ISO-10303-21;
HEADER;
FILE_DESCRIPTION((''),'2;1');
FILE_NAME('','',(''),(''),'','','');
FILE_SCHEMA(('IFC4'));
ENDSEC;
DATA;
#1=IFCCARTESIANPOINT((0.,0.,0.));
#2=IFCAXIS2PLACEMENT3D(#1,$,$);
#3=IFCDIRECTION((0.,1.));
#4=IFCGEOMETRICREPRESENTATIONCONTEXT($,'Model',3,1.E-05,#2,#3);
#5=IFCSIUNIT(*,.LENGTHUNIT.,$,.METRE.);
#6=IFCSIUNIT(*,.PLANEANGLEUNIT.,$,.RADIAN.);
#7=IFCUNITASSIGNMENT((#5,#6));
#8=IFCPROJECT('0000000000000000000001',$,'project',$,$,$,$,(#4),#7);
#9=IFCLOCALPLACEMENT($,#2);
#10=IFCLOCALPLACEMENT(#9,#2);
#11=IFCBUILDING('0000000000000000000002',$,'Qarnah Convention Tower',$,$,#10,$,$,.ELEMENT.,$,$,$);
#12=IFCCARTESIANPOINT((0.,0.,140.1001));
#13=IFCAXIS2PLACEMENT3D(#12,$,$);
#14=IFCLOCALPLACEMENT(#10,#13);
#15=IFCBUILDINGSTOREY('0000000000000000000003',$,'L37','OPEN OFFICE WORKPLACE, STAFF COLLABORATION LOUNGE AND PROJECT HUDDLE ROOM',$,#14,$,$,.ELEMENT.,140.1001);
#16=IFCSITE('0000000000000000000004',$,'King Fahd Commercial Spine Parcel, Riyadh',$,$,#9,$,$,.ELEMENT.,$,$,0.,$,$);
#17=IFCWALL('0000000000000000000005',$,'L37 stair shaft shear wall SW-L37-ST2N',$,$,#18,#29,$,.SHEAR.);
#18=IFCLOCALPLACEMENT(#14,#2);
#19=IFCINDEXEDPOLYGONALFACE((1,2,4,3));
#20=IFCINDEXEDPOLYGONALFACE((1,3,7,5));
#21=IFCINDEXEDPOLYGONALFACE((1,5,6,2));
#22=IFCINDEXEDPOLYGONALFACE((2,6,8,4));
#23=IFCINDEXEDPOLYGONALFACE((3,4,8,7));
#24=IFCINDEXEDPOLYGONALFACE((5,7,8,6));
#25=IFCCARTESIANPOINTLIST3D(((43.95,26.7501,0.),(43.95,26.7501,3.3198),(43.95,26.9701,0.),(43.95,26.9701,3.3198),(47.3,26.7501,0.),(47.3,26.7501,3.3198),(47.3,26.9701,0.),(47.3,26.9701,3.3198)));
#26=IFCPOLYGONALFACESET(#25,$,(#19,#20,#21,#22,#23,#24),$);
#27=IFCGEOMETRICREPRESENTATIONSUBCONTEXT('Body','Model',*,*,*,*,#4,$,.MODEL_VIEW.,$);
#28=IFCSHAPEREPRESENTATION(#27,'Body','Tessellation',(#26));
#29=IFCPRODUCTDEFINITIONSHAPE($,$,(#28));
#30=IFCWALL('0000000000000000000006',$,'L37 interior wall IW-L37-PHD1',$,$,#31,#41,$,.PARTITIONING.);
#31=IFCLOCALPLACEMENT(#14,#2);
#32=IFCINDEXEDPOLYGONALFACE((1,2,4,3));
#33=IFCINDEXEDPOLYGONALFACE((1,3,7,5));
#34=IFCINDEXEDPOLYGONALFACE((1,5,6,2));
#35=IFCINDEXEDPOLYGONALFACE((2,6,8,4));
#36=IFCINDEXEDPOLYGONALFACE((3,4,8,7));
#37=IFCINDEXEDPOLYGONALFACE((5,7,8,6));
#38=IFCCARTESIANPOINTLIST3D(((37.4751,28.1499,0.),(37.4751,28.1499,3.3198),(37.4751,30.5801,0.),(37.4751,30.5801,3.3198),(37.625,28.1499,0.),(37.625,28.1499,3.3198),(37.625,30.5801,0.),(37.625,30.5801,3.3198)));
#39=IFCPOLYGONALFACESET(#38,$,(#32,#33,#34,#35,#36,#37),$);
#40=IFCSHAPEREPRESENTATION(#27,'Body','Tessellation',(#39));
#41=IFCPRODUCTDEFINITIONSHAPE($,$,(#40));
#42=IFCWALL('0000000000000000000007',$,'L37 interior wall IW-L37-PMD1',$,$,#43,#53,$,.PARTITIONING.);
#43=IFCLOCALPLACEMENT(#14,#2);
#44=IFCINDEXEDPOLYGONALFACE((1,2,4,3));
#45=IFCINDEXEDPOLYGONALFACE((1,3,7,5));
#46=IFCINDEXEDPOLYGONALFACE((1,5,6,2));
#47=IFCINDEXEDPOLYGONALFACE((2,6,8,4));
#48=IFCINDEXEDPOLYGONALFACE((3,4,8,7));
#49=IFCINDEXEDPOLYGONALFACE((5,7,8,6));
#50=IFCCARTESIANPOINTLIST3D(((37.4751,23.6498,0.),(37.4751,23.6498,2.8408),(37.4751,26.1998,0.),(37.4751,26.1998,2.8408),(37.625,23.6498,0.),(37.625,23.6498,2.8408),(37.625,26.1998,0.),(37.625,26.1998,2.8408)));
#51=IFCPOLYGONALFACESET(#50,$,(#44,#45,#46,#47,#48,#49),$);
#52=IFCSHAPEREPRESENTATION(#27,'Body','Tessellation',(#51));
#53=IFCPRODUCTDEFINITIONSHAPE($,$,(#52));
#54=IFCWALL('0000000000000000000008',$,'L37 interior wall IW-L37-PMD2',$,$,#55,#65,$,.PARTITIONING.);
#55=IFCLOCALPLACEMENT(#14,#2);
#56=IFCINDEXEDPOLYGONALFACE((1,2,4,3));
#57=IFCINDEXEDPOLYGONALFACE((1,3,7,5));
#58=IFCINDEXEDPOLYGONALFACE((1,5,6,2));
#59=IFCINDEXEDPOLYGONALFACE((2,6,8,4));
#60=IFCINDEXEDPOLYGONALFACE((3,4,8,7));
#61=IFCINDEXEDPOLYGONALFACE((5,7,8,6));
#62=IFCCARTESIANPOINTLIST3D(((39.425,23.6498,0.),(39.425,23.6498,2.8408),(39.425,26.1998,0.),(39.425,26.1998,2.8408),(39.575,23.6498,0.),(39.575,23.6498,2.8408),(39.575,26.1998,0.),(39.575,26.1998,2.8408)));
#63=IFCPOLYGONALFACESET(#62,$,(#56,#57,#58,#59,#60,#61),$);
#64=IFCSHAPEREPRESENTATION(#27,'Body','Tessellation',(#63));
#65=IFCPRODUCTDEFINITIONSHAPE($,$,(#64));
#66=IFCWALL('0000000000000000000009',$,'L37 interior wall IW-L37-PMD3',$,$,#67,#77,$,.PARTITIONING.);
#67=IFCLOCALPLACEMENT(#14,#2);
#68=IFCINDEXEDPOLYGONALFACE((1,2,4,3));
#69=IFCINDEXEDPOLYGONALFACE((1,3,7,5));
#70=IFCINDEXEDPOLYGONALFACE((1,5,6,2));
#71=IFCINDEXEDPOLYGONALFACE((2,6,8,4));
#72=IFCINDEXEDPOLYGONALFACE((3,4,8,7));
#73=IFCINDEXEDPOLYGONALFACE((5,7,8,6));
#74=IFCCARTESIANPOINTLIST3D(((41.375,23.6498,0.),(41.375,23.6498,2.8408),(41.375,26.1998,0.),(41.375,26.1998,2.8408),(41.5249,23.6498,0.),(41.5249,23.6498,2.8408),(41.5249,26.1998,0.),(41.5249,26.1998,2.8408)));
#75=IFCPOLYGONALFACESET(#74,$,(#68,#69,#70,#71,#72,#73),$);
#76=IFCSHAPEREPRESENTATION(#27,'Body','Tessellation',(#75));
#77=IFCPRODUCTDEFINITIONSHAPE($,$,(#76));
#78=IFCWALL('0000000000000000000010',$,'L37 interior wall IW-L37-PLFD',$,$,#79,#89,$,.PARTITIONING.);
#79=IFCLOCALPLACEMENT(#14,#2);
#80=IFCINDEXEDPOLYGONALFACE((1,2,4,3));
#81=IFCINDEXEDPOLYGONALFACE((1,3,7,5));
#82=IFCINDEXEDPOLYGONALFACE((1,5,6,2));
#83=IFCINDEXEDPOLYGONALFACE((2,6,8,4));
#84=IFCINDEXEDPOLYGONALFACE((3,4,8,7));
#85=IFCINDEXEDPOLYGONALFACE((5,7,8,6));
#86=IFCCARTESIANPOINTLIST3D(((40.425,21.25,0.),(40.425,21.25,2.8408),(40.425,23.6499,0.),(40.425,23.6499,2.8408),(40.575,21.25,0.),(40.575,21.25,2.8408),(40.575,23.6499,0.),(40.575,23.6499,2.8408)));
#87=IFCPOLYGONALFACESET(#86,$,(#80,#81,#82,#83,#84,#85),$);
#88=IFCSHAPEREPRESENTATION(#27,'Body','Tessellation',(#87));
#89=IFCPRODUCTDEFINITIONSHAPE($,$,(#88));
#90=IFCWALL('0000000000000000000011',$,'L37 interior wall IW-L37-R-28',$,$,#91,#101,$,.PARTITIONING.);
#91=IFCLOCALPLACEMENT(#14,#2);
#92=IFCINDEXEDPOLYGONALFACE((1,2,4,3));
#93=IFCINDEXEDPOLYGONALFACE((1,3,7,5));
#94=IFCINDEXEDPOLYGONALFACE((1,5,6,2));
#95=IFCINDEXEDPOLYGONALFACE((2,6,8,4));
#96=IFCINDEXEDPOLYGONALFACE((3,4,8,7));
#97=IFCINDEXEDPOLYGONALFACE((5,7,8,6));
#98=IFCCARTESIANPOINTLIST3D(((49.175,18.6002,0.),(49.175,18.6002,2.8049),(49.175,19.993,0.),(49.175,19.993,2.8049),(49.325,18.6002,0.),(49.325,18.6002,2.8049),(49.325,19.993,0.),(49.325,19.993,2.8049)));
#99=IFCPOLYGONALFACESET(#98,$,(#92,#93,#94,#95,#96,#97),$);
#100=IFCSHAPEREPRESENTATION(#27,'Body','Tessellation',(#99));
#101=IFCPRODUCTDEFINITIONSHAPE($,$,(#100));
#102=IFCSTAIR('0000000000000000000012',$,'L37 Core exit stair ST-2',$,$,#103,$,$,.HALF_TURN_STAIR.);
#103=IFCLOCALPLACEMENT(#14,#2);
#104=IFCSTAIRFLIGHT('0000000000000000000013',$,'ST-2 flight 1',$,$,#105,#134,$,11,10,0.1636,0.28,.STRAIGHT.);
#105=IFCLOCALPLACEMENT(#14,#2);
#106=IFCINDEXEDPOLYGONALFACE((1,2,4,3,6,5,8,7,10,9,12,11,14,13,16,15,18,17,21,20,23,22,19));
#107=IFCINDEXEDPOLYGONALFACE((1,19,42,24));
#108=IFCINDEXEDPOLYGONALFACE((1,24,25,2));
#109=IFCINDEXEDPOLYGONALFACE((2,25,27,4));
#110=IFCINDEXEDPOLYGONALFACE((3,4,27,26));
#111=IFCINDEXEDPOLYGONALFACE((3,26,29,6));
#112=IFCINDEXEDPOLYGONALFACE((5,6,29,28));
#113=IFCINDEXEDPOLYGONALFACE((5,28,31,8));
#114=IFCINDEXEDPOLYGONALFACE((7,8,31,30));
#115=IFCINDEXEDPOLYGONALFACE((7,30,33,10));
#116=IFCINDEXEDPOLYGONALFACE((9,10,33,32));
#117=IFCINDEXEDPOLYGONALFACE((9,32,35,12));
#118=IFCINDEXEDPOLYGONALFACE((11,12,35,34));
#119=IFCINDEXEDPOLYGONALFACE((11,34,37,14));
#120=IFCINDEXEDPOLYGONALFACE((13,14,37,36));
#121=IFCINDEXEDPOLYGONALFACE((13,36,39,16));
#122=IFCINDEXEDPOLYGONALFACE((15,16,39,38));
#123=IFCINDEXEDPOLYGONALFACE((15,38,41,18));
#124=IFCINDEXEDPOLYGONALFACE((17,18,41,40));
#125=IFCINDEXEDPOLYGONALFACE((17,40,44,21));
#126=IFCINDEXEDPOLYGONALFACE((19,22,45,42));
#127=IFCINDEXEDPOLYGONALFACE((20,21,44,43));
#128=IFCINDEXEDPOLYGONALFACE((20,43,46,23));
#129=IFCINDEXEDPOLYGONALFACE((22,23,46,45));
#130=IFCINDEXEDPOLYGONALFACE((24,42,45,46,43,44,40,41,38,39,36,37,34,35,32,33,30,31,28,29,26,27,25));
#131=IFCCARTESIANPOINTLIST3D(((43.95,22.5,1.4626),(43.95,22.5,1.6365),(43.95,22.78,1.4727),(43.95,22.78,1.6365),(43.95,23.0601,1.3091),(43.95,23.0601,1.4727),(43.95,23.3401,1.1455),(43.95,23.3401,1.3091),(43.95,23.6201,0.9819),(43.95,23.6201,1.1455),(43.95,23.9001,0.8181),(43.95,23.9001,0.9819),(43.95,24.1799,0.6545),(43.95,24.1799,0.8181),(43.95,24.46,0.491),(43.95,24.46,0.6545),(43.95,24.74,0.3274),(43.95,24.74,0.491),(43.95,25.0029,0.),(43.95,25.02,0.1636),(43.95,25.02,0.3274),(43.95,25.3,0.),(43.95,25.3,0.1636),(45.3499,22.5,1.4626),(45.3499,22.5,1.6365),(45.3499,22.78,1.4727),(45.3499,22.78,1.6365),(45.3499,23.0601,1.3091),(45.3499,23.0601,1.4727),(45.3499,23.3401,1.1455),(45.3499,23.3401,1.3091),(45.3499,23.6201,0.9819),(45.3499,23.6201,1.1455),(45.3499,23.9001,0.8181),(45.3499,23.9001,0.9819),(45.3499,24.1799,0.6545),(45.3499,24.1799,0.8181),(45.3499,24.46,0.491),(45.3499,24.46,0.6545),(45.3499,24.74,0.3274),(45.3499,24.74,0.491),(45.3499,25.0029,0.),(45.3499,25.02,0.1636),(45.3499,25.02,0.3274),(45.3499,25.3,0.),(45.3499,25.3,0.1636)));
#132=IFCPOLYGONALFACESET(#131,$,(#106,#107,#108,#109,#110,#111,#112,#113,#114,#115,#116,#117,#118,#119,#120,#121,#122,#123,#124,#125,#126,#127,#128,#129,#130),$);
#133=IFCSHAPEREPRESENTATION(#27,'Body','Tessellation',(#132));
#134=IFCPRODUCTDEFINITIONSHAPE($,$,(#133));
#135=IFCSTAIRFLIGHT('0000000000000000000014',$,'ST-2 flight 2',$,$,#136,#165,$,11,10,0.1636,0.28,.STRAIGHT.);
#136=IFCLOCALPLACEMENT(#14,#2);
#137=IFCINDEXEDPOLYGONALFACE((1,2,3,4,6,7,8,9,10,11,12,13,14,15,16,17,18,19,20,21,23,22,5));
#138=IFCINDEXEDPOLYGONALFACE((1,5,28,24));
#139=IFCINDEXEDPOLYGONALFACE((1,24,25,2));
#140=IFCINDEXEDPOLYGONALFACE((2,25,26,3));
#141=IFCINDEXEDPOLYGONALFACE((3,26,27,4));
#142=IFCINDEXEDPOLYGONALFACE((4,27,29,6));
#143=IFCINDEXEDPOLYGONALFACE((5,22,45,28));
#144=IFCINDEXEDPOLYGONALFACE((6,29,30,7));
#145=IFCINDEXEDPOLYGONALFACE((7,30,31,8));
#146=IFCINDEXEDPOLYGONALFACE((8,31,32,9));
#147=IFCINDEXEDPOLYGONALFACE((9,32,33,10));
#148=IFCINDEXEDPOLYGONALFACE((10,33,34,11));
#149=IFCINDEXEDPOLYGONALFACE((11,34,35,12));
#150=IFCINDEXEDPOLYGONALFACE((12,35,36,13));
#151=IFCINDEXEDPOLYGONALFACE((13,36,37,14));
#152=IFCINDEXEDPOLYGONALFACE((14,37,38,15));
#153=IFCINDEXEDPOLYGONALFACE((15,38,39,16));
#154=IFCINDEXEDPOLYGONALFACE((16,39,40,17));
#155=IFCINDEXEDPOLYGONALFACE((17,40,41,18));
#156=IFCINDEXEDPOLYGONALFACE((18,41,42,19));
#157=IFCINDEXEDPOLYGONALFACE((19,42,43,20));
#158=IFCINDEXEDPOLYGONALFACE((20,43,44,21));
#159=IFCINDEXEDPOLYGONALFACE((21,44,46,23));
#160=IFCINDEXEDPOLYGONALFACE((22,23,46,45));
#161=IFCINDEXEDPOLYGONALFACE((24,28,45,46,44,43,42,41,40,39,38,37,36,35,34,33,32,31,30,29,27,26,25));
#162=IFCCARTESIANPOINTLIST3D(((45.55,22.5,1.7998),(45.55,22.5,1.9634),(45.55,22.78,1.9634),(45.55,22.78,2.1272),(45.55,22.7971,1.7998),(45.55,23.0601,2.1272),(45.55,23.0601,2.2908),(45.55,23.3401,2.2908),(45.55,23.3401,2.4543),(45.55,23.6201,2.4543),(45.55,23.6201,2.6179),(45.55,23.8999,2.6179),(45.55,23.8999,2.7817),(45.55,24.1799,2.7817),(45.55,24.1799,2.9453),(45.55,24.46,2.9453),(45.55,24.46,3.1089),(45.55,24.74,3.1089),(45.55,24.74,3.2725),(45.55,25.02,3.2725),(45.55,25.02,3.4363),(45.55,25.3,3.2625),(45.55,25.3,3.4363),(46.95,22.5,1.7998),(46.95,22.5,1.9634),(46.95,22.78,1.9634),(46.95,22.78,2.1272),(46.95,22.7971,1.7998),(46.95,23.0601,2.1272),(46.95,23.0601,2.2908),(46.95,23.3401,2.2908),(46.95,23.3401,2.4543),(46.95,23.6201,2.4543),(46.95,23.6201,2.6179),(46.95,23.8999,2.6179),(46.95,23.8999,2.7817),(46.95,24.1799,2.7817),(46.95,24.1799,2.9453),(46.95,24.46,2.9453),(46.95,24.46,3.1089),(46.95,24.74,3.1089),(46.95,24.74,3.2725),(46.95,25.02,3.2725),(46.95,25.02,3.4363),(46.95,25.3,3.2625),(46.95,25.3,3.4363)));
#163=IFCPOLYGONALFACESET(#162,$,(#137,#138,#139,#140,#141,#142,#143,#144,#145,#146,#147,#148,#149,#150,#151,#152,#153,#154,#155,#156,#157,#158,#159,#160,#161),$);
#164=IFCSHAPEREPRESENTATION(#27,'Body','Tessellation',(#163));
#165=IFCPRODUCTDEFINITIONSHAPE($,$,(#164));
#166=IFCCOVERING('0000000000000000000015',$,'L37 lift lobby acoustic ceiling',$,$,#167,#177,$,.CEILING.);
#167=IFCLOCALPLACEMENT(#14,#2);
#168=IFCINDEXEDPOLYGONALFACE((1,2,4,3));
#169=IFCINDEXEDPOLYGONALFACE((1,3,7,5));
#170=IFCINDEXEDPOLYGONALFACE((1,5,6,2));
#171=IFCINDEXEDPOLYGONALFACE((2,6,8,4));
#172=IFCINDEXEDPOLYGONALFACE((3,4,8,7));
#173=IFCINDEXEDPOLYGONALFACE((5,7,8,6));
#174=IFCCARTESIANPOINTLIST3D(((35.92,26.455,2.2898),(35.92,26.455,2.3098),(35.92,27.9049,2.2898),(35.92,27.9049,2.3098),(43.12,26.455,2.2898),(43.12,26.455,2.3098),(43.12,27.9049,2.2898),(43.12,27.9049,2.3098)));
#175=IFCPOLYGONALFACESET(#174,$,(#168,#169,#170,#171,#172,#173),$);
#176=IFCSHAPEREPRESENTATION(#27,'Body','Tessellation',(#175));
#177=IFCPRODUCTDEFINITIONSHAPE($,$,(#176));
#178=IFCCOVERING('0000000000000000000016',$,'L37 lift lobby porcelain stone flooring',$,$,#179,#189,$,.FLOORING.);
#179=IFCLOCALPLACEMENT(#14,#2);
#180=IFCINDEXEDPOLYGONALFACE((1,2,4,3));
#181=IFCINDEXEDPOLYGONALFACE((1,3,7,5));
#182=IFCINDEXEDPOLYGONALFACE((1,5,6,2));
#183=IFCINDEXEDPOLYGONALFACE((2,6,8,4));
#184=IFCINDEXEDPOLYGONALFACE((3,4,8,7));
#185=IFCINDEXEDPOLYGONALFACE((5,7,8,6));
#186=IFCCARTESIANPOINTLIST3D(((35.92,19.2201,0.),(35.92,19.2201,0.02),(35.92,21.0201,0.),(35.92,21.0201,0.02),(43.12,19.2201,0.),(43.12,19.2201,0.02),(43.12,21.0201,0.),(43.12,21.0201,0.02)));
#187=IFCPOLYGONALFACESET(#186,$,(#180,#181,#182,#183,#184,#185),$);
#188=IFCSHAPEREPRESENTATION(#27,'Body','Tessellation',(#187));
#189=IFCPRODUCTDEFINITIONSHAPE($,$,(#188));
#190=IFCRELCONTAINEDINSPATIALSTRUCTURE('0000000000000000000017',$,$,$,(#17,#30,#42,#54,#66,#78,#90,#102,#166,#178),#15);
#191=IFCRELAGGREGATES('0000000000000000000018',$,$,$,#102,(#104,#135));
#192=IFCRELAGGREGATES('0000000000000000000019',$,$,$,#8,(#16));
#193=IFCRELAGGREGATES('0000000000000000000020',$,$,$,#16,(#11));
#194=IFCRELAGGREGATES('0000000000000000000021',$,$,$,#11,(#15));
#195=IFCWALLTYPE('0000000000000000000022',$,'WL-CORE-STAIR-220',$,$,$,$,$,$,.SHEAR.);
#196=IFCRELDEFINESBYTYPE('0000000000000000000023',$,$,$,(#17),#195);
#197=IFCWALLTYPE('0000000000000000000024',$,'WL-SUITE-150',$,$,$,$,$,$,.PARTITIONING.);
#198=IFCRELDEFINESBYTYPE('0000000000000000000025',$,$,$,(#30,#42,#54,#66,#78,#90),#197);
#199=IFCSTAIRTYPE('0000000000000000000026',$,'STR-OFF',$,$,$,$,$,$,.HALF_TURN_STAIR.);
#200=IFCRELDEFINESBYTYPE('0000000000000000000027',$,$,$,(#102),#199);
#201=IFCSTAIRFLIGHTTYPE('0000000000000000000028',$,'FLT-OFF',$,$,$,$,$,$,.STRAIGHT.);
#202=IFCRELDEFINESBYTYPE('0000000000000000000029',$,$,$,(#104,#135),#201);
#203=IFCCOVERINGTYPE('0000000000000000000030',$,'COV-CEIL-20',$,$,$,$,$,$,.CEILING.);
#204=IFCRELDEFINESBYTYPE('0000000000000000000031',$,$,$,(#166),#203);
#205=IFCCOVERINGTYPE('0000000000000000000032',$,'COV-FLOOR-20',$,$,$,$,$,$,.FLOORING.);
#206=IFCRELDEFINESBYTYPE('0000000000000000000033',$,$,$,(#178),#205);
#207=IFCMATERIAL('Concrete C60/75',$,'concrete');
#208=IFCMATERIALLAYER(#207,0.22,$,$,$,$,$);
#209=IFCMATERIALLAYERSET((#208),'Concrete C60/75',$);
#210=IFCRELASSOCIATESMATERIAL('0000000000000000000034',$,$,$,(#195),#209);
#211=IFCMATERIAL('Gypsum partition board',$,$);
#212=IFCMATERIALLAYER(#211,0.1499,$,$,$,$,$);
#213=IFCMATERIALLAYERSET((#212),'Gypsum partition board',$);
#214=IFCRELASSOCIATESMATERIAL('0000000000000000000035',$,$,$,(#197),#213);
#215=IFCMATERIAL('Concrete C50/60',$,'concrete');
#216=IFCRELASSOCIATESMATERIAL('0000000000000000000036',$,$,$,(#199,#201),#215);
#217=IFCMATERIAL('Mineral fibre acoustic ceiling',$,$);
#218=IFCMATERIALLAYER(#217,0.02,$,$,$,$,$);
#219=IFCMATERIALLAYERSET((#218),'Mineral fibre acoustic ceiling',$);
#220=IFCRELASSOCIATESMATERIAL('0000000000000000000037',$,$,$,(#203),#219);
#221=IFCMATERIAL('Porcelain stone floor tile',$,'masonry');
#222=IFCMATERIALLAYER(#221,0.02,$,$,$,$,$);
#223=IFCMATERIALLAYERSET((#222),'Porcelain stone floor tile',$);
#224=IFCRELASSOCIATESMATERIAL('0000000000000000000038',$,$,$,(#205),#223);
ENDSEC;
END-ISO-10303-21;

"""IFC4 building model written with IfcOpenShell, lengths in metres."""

from ifc_helpers import new_model, si_unit, direction, frame, frame_2d, origin, origin_2d, place, context, subcontext, project, spatial, polyline, rectangle, outline, extrude, material, layer, layer_set, type_object, element, aggregate, save


model = new_model("IFC4")

# Units and contexts
model_context = context("Model", 3, precision=1e-05, world=origin(), true_north=direction((0.0, 1.0)))
body_context = subcontext(model_context, "Body", "Model", "MODEL_VIEW")
ifc_project = project(units=[si_unit("LENGTHUNIT", "METRE"), si_unit("PLANEANGLEUNIT", "RADIAN")], contexts=[model_context])

# Site, building, storey
site_placement = place(None, origin())
site = spatial("IfcSite", under=ifc_project, at=site_placement, Name="King Fahd Commercial Spine Parcel, Riyadh", CompositionType="ELEMENT", RefElevation=0.0)
building_placement = place(site_placement, origin())
building = spatial("IfcBuilding", under=site, at=building_placement, Name="Qarnah Convention Tower", CompositionType="ELEMENT")
storey_placement = place(building_placement, frame((0.0, 0.0, 140.1001)))
storey = spatial("IfcBuildingStorey", under=building, at=storey_placement, Name="L37", Description="OPEN OFFICE WORKPLACE, STAFF COLLABORATION LOUNGE AND PROJECT HUDDLE ROOM", CompositionType="ELEMENT", Elevation=140.1001)

# Shared definitions
ifc_material_1 = material(Name="Concrete C60/75", Category="concrete")

# Walls
ifc_layer_1 = layer(ifc_material_1, 0.22)
ifc_layer_set_1 = layer_set([ifc_layer_1], Name="Concrete C60/75")
wall_type_1 = type_object("IfcWallType", Name="WL-CORE-STAIR-220", PredefinedType="SHEAR", material=ifc_layer_set_1)
wall_1_placement = place(storey_placement, frame((43.95, 26.8601, 0.0), z_axis=(0.0, 0.0, 1.0), x_axis=(1.0, 0.0, 0.0)))
element("IfcWall", 1, at=wall_1_placement, inside=storey, type_object=wall_type_1, Name="L37 stair shaft shear wall SW-L37-ST2N", PredefinedType="SHEAR", context=body_context, shape_type="SweptSolid", body=[
    extrude(rectangle(XDim=3.3501, YDim=0.22, at=frame_2d((1.675, 0.0))), origin(), (0.0, 0.0, 1.0), 3.3198),
])
ifc_material_2 = material(Name="Gypsum partition board")
ifc_layer_2 = layer(ifc_material_2, 0.1499)
ifc_layer_set_2 = layer_set([ifc_layer_2], Name="Gypsum partition board")
wall_type_2 = type_object("IfcWallType", Name="WL-SUITE-150", PredefinedType="PARTITIONING", material=ifc_layer_set_2)
wall_2_placement = place(storey_placement, frame((37.55, 28.1499, 0.0), z_axis=(0.0, 0.0, 1.0), x_axis=(0.0, 1.0, 0.0)))
element("IfcWall", 2, at=wall_2_placement, inside=storey, type_object=wall_type_2, Name="L37 interior wall IW-L37-PHD1", PredefinedType="PARTITIONING", context=body_context, shape_type="SweptSolid", body=[
    extrude(rectangle(XDim=2.4302, YDim=0.1499, at=frame_2d((1.2151, 0.0))), origin(), (0.0, 0.0, 1.0), 3.3198),
])
for number, where, z_axis, x_axis, name in (
    (3, (37.55, 23.6499, 0.0), (0.0, 0.0, 1.0), (0.0, 1.0, 0.0), "L37 interior wall IW-L37-PMD1"),
    (4, (39.5, 23.6499, 0.0), (0.0, 0.0, 1.0), (0.0, 1.0, 0.0), "L37 interior wall IW-L37-PMD2"),
    (5, (41.45, 23.6499, 0.0), (0.0, 0.0, 1.0), (0.0, 1.0, 0.0), "L37 interior wall IW-L37-PMD3"),
):
    element("IfcWall", number, at=place(storey_placement, frame(where, z_axis=z_axis, x_axis=x_axis)), inside=storey, type_object=wall_type_2, Name=name, PredefinedType="PARTITIONING", context=body_context, shape_type="SweptSolid", body=[
        extrude(rectangle(XDim=2.55, YDim=0.1499, at=frame_2d((1.2749, 0.0))), origin(), (0.0, 0.0, 1.0), 2.8408),
    ])
wall_3_placement = place(storey_placement, frame((40.5, 21.25, 0.0), z_axis=(0.0, 0.0, 1.0), x_axis=(0.0, 1.0, 0.0)))
element("IfcWall", 6, at=wall_3_placement, inside=storey, type_object=wall_type_2, Name="L37 interior wall IW-L37-PLFD", PredefinedType="PARTITIONING", context=body_context, shape_type="SweptSolid", body=[
    extrude(rectangle(XDim=2.3999, YDim=0.1499, at=frame_2d((1.2, 0.0))), origin(), (0.0, 0.0, 1.0), 2.8408),
])
wall_4_placement = place(storey_placement, frame((49.25, 19.9929, 0.0), z_axis=(0.0, 0.0, 1.0), x_axis=(0.0, -1.0, 0.0)))
element("IfcWall", 7, at=wall_4_placement, inside=storey, type_object=wall_type_2, Name="L37 interior wall IW-L37-R-28", PredefinedType="PARTITIONING", context=body_context, shape_type="SweptSolid", body=[
    extrude(rectangle(XDim=1.3928, YDim=0.1499, at=frame_2d((0.6963, 0.0))), origin(), (0.0, 0.0, 1.0), 2.8049),
])

# Stair, stair flights
ifc_material_3 = material(Name="Concrete C50/60", Category="concrete")
stair_type = type_object("IfcStairType", Name="STR-OFF", PredefinedType="HALF_TURN_STAIR", material=ifc_material_3)
stair_placement = place(storey_placement, origin())
stair = element("IfcStair", 8, at=stair_placement, inside=storey, type_object=stair_type, Name="L37 Core exit stair ST-2", PredefinedType="HALF_TURN_STAIR")
stair_flight_type = type_object("IfcStairFlightType", Name="FLT-OFF", PredefinedType="STRAIGHT", material=ifc_material_3)
stair_flight_1_placement = place(storey_placement, frame((44.6499, 25.3, 0.0), z_axis=(0.0, 0.0, 1.0), x_axis=(0.0, -1.0, 0.0)))
stair_flight_1 = element("IfcStairFlight", 9, at=stair_flight_1_placement, type_object=stair_flight_type, Name="ST-2 flight 1", NumberOfRisers=11, NumberOfTreads=10, PredefinedType="STRAIGHT", RiserHeight=0.1636, TreadLength=0.28, context=body_context, shape_type="SweptSolid", body=[
    extrude(outline(polyline([(0.0, 0.0), (0.0, 0.1636), (0.28, 0.1636), (0.28, 0.3274), (0.5601, 0.3274), (0.5601, 0.491), (0.8401, 0.491), (0.8401, 0.6545), (1.1201, 0.6545), (1.1201, 0.8181), (1.3999, 0.8181), (1.3999, 0.9819), (1.6799, 0.9819), (1.6799, 1.1455), (1.96, 1.1455), (1.96, 1.3091), (2.24, 1.3091), (2.24, 1.4727), (2.52, 1.4727), (2.52, 1.6365), (2.8, 1.6365), (2.8, 1.8), (2.8, 1.4626), (0.2971, 0.0), (0.0, 0.0)])), frame((0.0, 0.7, 0.0), z_axis=(0.0, -1.0, 0.0), x_axis=(1.0, 0.0, 0.0)), (0.0, 0.0, 1.0), 1.3999),
])
stair_flight_2_placement = place(storey_placement, frame((46.25, 22.5, 1.7998), z_axis=(0.0, 0.0, 1.0), x_axis=(0.0, 1.0, 0.0)))
stair_flight_2 = element("IfcStairFlight", 10, at=stair_flight_2_placement, type_object=stair_flight_type, Name="ST-2 flight 2", NumberOfRisers=11, NumberOfTreads=10, PredefinedType="STRAIGHT", RiserHeight=0.1636, TreadLength=0.28, context=body_context, shape_type="SweptSolid", body=[
    extrude(outline(polyline([(0.0, 0.0), (0.0, 0.1636), (0.28, 0.1636), (0.28, 0.3274), (0.5601, 0.3274), (0.5601, 0.491), (0.8401, 0.491), (0.8401, 0.6545), (1.1201, 0.6545), (1.1201, 0.8181), (1.3999, 0.8181), (1.3999, 0.9819), (1.6799, 0.9819), (1.6799, 1.1455), (1.96, 1.1455), (1.96, 1.3091), (2.24, 1.3091), (2.24, 1.4727), (2.52, 1.4727), (2.52, 1.6365), (2.8, 1.6365), (2.8, 1.8), (2.8, 1.4626), (0.2971, 0.0), (0.0, 0.0)])), frame((0.0, 0.7, 0.0), z_axis=(0.0, -1.0, 0.0), x_axis=(1.0, 0.0, 0.0)), (0.0, 0.0, 1.0), 1.3999),
])
aggregate(stair, [stair_flight_1, stair_flight_2])

# Coverings
ifc_material_4 = material(Name="Mineral fibre acoustic ceiling")
ifc_layer_3 = layer(ifc_material_4, 0.02)
ifc_layer_set_3 = layer_set([ifc_layer_3], Name="Mineral fibre acoustic ceiling")
covering_type_1 = type_object("IfcCoveringType", Name="COV-CEIL-20", PredefinedType="CEILING", material=ifc_layer_set_3)
covering_1_placement = place(storey_placement, frame((39.52, 27.1799, 2.2898), z_axis=(0.0, 0.0, 1.0), x_axis=(1.0, 0.0, 0.0)))
element("IfcCovering", 11, at=covering_1_placement, inside=storey, type_object=covering_type_1, Name="L37 lift lobby acoustic ceiling", PredefinedType="CEILING", context=body_context, shape_type="SweptSolid", body=[
    extrude(rectangle(XDim=7.2, YDim=1.45, at=origin_2d()), origin(), (0.0, 0.0, 1.0), 0.02),
])
ifc_material_5 = material(Name="Porcelain stone floor tile", Category="masonry")
ifc_layer_4 = layer(ifc_material_5, 0.02)
ifc_layer_set_4 = layer_set([ifc_layer_4], Name="Porcelain stone floor tile")
covering_type_2 = type_object("IfcCoveringType", Name="COV-FLOOR-20", PredefinedType="FLOORING", material=ifc_layer_set_4)
covering_2_placement = place(storey_placement, frame((39.52, 20.1201, 0.0), z_axis=(0.0, 0.0, 1.0), x_axis=(1.0, 0.0, 0.0)))
element("IfcCovering", 12, at=covering_2_placement, inside=storey, type_object=covering_type_2, Name="L37 lift lobby porcelain stone flooring", PredefinedType="FLOORING", context=body_context, shape_type="SweptSolid", body=[
    extrude(rectangle(XDim=7.2, YDim=1.8, at=origin_2d()), origin(), (0.0, 0.0, 1.0), 0.02),
])

save(model, "model.ifc")
